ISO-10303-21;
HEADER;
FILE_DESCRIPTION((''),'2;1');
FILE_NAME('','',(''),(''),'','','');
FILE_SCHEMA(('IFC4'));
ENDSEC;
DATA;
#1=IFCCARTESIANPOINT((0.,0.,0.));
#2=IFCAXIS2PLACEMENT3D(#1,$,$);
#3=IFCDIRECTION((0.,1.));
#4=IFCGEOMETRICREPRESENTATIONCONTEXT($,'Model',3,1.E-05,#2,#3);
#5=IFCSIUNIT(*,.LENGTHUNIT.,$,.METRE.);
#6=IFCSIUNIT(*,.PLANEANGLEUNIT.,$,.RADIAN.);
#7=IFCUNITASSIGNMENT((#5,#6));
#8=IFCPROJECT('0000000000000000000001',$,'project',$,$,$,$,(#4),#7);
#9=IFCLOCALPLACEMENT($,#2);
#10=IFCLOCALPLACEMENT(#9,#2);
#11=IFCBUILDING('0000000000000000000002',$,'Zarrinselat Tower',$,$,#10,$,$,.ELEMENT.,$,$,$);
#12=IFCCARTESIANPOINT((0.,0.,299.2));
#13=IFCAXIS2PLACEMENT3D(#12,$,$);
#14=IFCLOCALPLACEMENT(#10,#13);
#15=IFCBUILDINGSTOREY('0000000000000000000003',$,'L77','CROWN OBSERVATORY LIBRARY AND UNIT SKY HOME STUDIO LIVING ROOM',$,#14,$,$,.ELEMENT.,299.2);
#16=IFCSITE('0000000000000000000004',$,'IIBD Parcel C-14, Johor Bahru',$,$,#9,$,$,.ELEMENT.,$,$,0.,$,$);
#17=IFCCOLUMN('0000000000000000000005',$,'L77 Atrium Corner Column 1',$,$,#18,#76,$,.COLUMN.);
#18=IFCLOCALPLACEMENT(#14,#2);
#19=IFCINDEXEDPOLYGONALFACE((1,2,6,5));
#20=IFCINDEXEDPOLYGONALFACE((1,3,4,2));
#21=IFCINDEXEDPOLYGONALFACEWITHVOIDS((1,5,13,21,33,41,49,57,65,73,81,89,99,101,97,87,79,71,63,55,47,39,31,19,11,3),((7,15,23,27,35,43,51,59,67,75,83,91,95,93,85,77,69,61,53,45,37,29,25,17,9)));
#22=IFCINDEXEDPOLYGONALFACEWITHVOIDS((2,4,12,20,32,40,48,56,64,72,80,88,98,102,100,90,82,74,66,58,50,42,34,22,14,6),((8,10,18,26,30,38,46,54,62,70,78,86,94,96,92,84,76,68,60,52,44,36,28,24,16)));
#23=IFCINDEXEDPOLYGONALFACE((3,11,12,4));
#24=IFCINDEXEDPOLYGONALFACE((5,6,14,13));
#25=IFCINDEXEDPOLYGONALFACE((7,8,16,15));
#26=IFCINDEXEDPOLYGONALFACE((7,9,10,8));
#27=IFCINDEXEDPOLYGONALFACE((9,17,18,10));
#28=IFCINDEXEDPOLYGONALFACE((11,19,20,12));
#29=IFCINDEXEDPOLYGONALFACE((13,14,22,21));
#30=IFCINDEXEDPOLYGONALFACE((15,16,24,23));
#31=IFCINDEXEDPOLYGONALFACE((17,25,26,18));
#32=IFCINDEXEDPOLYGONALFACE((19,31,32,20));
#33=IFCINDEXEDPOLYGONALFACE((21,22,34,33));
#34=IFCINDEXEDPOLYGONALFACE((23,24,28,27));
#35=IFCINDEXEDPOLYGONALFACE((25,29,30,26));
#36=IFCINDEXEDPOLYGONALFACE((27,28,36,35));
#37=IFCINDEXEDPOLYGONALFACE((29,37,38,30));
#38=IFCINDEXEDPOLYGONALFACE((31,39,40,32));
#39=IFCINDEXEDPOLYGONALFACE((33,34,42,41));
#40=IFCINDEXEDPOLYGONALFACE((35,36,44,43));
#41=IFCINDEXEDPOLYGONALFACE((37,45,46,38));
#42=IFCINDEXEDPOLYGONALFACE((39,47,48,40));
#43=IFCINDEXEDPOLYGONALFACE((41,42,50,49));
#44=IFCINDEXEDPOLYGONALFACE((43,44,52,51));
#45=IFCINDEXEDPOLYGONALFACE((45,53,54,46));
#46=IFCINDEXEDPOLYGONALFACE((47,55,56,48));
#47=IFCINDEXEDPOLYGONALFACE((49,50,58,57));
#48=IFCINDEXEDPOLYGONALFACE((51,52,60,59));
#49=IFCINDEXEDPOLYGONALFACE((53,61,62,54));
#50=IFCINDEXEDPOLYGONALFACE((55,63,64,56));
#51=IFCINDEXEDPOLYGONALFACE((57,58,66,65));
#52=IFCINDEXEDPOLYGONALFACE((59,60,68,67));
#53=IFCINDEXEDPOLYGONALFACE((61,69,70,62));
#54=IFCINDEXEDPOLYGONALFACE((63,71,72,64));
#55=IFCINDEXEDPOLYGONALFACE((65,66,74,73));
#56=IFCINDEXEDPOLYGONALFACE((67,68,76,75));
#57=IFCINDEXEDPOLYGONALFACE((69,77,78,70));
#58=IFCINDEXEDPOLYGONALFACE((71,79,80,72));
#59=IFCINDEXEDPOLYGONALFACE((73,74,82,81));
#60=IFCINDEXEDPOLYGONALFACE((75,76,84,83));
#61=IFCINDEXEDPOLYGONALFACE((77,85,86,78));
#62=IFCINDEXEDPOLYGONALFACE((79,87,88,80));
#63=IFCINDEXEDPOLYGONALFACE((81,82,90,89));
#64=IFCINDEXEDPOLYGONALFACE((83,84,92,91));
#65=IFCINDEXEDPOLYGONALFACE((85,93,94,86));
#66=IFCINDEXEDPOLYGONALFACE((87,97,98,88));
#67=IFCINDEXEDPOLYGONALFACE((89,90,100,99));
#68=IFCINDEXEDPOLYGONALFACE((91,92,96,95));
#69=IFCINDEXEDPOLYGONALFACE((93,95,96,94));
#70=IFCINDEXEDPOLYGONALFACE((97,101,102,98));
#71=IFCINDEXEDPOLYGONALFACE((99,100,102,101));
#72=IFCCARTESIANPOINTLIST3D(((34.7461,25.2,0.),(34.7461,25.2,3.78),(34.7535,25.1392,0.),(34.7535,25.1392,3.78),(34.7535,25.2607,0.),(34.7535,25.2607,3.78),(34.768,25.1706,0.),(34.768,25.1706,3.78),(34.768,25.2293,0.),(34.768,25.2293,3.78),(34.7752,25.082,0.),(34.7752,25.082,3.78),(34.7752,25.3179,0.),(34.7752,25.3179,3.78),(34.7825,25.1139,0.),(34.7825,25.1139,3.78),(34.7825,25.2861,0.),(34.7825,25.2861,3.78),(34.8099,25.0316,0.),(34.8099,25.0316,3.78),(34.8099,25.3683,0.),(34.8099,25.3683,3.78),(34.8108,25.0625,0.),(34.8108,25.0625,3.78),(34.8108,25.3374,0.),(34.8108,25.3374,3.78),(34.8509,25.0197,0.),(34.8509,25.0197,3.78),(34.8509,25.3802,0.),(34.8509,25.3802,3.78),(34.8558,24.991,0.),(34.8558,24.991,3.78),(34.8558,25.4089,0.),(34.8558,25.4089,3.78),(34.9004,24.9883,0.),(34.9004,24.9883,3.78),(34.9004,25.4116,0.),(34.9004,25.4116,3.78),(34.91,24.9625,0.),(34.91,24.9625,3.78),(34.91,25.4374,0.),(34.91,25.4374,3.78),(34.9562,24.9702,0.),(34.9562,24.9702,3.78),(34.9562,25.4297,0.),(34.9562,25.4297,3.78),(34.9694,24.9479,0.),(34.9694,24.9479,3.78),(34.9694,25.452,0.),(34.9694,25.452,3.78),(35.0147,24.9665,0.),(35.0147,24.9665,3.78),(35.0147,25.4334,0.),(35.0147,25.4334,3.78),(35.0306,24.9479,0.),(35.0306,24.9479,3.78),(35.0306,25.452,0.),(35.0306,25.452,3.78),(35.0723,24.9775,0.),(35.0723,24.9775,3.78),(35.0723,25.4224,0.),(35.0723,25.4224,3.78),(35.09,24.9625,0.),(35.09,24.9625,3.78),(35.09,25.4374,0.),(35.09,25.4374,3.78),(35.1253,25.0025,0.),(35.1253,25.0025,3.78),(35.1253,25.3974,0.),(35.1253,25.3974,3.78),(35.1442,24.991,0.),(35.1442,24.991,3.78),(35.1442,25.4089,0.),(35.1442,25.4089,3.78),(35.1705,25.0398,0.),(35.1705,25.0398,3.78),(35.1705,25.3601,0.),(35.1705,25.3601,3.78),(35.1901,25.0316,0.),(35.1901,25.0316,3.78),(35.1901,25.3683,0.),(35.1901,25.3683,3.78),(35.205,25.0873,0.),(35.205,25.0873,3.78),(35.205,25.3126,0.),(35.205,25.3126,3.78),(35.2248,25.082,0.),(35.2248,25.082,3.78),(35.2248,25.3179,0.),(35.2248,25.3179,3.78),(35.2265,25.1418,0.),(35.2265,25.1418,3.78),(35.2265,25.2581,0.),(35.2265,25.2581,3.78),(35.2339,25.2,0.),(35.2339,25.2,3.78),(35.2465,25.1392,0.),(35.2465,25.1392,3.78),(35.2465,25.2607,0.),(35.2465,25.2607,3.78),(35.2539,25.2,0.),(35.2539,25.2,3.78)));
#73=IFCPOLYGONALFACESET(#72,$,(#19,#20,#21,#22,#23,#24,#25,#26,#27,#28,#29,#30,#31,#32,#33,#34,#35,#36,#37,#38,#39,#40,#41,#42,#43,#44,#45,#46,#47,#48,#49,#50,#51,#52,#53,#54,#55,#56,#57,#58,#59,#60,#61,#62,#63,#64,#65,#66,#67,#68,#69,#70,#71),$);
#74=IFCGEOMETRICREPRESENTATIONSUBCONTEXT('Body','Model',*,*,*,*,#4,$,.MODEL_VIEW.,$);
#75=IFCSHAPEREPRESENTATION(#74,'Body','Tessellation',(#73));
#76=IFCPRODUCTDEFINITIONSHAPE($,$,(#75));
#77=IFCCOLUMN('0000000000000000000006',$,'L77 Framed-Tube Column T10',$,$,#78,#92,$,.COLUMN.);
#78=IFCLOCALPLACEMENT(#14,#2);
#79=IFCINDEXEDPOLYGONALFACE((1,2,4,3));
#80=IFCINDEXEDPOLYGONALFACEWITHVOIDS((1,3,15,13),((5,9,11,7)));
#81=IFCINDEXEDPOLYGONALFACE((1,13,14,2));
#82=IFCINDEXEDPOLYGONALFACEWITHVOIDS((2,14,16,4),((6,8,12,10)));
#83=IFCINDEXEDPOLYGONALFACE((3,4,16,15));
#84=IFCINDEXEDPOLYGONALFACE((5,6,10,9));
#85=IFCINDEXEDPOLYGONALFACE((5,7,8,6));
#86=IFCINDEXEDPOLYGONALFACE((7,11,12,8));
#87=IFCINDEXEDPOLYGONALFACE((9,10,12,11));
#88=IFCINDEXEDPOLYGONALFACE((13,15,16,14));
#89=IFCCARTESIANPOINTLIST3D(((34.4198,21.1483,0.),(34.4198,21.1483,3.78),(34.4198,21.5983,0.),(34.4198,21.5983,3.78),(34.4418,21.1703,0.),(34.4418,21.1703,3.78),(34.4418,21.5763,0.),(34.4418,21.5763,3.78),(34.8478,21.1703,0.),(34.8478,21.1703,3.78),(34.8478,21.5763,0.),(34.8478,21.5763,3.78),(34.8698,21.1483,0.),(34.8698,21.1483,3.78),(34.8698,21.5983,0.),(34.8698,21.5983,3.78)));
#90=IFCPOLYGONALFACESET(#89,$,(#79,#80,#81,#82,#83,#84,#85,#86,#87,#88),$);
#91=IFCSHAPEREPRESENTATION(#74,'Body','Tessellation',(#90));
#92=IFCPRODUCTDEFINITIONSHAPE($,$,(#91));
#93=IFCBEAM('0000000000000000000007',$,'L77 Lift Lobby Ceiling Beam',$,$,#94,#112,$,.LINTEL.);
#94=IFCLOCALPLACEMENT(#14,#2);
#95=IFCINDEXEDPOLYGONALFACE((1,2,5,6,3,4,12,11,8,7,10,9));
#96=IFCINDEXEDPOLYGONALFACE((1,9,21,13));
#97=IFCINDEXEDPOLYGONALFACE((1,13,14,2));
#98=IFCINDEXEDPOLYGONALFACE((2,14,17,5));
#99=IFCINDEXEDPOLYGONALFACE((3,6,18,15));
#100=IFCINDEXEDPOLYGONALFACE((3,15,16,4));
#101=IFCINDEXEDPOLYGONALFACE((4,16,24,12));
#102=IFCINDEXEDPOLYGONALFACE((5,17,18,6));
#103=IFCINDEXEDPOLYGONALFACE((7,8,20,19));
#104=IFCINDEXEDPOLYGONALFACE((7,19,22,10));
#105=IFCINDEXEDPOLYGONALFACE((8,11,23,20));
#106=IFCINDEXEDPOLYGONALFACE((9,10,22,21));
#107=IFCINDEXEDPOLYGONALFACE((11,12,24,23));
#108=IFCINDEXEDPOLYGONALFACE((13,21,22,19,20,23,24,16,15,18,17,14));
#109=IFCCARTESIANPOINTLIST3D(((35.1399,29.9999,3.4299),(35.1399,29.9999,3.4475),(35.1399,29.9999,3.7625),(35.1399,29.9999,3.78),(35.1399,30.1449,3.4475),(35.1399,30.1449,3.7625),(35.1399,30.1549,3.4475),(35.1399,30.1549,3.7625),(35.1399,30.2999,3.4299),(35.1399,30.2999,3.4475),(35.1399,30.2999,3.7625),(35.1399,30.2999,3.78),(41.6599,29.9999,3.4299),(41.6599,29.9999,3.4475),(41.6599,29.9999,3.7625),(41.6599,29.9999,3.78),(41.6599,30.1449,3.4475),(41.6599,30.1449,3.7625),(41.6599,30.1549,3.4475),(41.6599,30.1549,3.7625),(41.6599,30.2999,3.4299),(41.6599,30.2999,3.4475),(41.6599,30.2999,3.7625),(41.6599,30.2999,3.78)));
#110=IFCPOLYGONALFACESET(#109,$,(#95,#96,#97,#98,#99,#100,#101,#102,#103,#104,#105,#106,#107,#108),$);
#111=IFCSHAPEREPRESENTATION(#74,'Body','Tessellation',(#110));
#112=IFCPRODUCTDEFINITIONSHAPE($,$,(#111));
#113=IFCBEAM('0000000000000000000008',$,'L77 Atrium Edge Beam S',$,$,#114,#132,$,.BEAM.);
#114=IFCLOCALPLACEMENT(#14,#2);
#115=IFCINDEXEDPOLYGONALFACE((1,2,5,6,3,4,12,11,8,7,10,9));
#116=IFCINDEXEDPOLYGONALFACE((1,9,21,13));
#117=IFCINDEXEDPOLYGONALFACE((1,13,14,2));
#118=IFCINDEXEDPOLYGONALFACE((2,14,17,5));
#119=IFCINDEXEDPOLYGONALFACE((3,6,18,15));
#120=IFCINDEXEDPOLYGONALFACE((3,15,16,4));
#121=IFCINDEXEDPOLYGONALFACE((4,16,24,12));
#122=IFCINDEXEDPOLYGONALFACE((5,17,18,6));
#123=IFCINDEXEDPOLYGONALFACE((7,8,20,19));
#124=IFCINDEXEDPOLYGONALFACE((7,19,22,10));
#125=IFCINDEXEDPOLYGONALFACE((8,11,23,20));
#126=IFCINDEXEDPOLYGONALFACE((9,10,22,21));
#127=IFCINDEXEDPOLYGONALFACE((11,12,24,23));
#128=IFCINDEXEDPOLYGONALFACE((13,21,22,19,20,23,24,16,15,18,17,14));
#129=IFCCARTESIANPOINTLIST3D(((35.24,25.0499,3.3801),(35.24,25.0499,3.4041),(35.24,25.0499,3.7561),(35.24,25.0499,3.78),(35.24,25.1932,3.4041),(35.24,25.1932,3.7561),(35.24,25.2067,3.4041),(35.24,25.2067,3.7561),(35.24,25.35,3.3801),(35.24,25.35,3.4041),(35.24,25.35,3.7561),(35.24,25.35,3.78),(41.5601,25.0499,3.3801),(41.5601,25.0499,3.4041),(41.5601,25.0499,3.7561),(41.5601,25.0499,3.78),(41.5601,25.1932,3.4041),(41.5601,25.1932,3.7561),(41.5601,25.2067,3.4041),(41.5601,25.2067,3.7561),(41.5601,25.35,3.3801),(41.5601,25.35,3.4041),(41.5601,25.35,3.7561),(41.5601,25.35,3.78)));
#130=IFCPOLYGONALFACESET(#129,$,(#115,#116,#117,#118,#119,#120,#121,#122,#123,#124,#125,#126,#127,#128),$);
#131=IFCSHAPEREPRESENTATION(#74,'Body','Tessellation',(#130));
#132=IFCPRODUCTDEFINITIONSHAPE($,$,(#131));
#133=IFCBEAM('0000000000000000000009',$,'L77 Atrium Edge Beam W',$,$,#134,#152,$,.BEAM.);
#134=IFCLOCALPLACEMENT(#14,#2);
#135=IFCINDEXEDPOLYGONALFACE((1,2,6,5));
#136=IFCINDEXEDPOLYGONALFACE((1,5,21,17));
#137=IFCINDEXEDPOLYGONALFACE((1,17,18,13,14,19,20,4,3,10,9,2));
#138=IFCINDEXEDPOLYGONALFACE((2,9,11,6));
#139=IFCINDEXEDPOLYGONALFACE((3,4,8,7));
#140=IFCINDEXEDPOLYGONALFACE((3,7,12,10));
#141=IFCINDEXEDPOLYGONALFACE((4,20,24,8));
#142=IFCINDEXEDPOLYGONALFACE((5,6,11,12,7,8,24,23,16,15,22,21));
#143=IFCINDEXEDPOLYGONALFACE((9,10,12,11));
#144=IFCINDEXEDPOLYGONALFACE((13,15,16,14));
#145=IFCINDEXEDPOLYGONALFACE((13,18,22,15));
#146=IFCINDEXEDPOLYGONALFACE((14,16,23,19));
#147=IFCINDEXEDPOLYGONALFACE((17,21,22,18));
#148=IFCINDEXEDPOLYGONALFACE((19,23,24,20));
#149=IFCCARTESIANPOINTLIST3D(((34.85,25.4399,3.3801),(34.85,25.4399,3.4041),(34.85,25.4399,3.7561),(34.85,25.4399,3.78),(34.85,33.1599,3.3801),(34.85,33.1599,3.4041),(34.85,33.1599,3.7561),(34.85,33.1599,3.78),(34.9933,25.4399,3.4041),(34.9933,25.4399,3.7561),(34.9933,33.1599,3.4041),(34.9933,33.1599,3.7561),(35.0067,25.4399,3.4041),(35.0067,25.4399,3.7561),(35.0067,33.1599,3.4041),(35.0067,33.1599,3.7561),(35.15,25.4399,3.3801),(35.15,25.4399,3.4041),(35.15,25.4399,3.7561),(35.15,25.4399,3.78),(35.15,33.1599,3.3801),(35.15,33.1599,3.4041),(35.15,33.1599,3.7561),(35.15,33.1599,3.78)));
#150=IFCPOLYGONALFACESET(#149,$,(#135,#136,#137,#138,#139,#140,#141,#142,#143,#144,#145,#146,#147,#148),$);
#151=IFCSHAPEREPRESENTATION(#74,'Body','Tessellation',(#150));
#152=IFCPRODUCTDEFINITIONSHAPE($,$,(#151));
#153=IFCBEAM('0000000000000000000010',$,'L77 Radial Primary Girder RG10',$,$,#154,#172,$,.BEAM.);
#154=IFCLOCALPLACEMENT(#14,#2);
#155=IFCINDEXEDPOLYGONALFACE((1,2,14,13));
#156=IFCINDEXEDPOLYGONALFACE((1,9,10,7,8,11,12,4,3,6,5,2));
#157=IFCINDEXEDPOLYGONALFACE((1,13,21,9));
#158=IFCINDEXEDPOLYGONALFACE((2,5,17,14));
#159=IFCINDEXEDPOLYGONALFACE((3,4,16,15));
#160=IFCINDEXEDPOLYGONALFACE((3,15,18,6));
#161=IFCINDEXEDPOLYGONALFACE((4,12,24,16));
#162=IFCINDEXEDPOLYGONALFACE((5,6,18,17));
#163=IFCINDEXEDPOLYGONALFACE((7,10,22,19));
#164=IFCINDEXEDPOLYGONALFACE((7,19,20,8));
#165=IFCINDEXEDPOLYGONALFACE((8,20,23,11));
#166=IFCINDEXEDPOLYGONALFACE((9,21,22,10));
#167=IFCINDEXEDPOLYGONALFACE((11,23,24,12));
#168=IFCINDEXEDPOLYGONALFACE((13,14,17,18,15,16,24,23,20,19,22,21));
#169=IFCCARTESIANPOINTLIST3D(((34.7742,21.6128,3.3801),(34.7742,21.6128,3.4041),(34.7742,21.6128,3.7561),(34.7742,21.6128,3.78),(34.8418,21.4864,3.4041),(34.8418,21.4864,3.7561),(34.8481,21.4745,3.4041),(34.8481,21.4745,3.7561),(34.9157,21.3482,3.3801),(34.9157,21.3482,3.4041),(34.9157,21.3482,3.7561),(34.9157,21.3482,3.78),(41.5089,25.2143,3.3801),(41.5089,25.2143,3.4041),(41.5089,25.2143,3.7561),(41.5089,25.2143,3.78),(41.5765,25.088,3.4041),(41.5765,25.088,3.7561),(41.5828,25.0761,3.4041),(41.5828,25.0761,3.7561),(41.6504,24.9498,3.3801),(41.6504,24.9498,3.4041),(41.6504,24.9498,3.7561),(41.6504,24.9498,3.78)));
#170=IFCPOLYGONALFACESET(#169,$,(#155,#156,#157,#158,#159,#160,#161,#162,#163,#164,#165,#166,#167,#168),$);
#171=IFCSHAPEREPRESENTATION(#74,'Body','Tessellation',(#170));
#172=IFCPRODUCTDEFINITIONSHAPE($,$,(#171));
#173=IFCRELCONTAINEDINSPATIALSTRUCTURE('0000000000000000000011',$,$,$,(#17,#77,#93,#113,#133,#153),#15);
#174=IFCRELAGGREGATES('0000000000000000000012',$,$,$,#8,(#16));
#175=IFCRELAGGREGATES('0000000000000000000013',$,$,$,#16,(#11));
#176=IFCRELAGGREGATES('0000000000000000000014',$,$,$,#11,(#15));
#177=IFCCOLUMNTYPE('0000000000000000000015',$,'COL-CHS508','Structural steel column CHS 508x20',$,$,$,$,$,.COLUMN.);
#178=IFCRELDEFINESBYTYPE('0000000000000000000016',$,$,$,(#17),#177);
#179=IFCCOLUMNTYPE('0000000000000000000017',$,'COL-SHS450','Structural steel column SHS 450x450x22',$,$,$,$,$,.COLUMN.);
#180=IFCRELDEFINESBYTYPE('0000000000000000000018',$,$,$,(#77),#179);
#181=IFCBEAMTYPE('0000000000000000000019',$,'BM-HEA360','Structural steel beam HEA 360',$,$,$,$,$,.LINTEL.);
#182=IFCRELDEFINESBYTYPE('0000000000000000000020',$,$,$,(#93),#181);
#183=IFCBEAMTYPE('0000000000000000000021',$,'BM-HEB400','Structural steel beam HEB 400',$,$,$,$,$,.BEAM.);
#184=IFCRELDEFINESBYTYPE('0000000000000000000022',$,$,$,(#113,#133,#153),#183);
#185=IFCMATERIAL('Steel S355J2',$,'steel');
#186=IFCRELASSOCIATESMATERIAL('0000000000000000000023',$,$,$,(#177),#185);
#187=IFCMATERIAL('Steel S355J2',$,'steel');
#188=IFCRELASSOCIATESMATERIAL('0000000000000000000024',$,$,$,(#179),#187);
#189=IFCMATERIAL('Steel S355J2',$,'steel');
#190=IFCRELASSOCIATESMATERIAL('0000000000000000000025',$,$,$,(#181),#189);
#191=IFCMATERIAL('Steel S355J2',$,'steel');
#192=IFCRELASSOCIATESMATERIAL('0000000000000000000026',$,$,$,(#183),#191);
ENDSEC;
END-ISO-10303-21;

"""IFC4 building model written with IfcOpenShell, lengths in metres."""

from ifc_helpers import new_model, si_unit, direction, frame, origin, origin_2d, place, context, subcontext, project, spatial, hollow_rectangle, hollow_circle, i_section, extrude, material, material_profile, profile_set, type_object, element, save


model = new_model("IFC4")

# Units and contexts
model_context = context("Model", 3, precision=1e-05, world=origin(), true_north=direction((0.0, 1.0)))
body_context = subcontext(model_context, "Body", "Model", "MODEL_VIEW")
ifc_project = project(units=[si_unit("LENGTHUNIT", "METRE"), si_unit("PLANEANGLEUNIT", "RADIAN")], contexts=[model_context])

# Site, building, storey
site_placement = place(None, origin())
site = spatial("IfcSite", under=ifc_project, at=site_placement, Name="IIBD Parcel C-14, Johor Bahru", CompositionType="ELEMENT", RefElevation=0.0)
building_placement = place(site_placement, origin())
building = spatial("IfcBuilding", under=site, at=building_placement, Name="Zarrinselat Tower", CompositionType="ELEMENT")
storey_placement = place(building_placement, frame((0.0, 0.0, 299.2)))
storey = spatial("IfcBuildingStorey", under=building, at=storey_placement, Name="L77", Description="CROWN OBSERVATORY LIBRARY AND UNIT SKY HOME STUDIO LIVING ROOM", CompositionType="ELEMENT", Elevation=299.2)

# Columns
ifc_material_1 = material(Name="Steel S355J2", Category="steel")
ifc_material_profile_1 = material_profile(ifc_material_1, hollow_circle(Radius=0.2539, WallThickness=0.02, at=origin_2d()), Name="CHS 508x20")
ifc_profile_set_1 = profile_set([ifc_material_profile_1], Name="Steel S355J2")
column_type_1 = type_object("IfcColumnType", Name="COL-CHS508", Description="Structural steel column CHS 508x20", PredefinedType="COLUMN", material=ifc_profile_set_1)
column_1_placement = place(storey_placement, frame((35.0, 25.2, 0.0), z_axis=(0.0, 0.0, 1.0), x_axis=(1.0, 0.0, 0.0)))
element("IfcColumn", 1, at=column_1_placement, inside=storey, type_object=column_type_1, Name="L77 Atrium Corner Column 1", PredefinedType="COLUMN", context=body_context, shape_type="SweptSolid", body=[
    extrude(hollow_circle(Radius=0.2539, WallThickness=0.02, at=origin_2d()), origin(), (0.0, 0.0, 1.0), 3.78),
])
ifc_material_2 = material(Name="Steel S355J2", Category="steel")
ifc_material_profile_2 = material_profile(ifc_material_2, hollow_rectangle(XDim=0.45, YDim=0.45, WallThickness=0.022, at=origin_2d()), Name="SHS 450x450x22")
ifc_profile_set_2 = profile_set([ifc_material_profile_2], Name="Steel S355J2")
column_type_2 = type_object("IfcColumnType", Name="COL-SHS450", Description="Structural steel column SHS 450x450x22", PredefinedType="COLUMN", material=ifc_profile_set_2)
column_2_placement = place(storey_placement, frame((34.6448, 21.3733, 0.0), z_axis=(0.0, 0.0, 1.0), x_axis=(1.0, 0.0, 0.0)))
element("IfcColumn", 2, at=column_2_placement, inside=storey, type_object=column_type_2, Name="L77 Framed-Tube Column T10", PredefinedType="COLUMN", context=body_context, shape_type="SweptSolid", body=[
    extrude(hollow_rectangle(XDim=0.45, YDim=0.45, WallThickness=0.022, at=origin_2d()), origin(), (0.0, 0.0, 1.0), 3.78),
])

# Beams
ifc_material_3 = material(Name="Steel S355J2", Category="steel")
ifc_material_profile_3 = material_profile(ifc_material_3, i_section(OverallWidth=0.3, OverallDepth=0.3501, WebThickness=0.01, FlangeThickness=0.0176, at=origin_2d()), Name="HEA 360")
ifc_profile_set_3 = profile_set([ifc_material_profile_3], Name="Steel S355J2")
beam_type_1 = type_object("IfcBeamType", Name="BM-HEA360", Description="Structural steel beam HEA 360", PredefinedType="LINTEL", material=ifc_profile_set_3)
beam_1_placement = place(storey_placement, frame((35.1399, 30.1499, 3.605), z_axis=(1.0, 0.0, 0.0), x_axis=(0.0, 1.0, 0.0)))
element("IfcBeam", 3, at=beam_1_placement, inside=storey, type_object=beam_type_1, Name="L77 Lift Lobby Ceiling Beam", PredefinedType="LINTEL", context=body_context, shape_type="SweptSolid", body=[
    extrude(i_section(OverallWidth=0.3, OverallDepth=0.3501, WebThickness=0.01, FlangeThickness=0.0176, at=origin_2d()), origin(), (0.0, 0.0, 1.0), 6.52),
])
ifc_material_4 = material(Name="Steel S355J2", Category="steel")
ifc_material_profile_4 = material_profile(ifc_material_4, i_section(OverallWidth=0.3, OverallDepth=0.3999, WebThickness=0.0134, FlangeThickness=0.0239, at=origin_2d()), Name="HEB 400")
ifc_profile_set_4 = profile_set([ifc_material_profile_4], Name="Steel S355J2")
beam_type_2 = type_object("IfcBeamType", Name="BM-HEB400", Description="Structural steel beam HEB 400", PredefinedType="BEAM", material=ifc_profile_set_4)
beam_2_placement = place(storey_placement, frame((35.24, 25.2, 3.5801), z_axis=(1.0, 0.0, 0.0), x_axis=(0.0, 1.0, 0.0)))
element("IfcBeam", 4, at=beam_2_placement, inside=storey, type_object=beam_type_2, Name="L77 Atrium Edge Beam S", PredefinedType="BEAM", context=body_context, shape_type="SweptSolid", body=[
    extrude(i_section(OverallWidth=0.3, OverallDepth=0.3999, WebThickness=0.0134, FlangeThickness=0.0239, at=origin_2d()), origin(), (0.0, 0.0, 1.0), 6.3201),
])
beam_3_placement = place(storey_placement, frame((35.0, 25.4399, 3.5801), z_axis=(0.0, 1.0, 0.0), x_axis=(-1.0, 0.0, 0.0)))
element("IfcBeam", 5, at=beam_3_placement, inside=storey, type_object=beam_type_2, Name="L77 Atrium Edge Beam W", PredefinedType="BEAM", context=body_context, shape_type="SweptSolid", body=[
    extrude(i_section(OverallWidth=0.3, OverallDepth=0.3999, WebThickness=0.0134, FlangeThickness=0.0239, at=origin_2d()), origin(), (0.0, 0.0, 1.0), 7.72),
])
beam_4_placement = place(storey_placement, frame((34.845, 21.4805, 3.5801), z_axis=(0.881821, 0.471583, 0.0), x_axis=(-0.471583, 0.881821, 0.0)))
element("IfcBeam", 6, at=beam_4_placement, inside=storey, type_object=beam_type_2, Name="L77 Radial Primary Girder RG10", PredefinedType="BEAM", context=body_context, shape_type="SweptSolid", body=[
    extrude(i_section(OverallWidth=0.3, OverallDepth=0.3999, WebThickness=0.0134, FlangeThickness=0.0239, at=origin_2d()), origin(), (0.0, 0.0, 1.0), 7.6372),
])

save(model, "model.ifc")
